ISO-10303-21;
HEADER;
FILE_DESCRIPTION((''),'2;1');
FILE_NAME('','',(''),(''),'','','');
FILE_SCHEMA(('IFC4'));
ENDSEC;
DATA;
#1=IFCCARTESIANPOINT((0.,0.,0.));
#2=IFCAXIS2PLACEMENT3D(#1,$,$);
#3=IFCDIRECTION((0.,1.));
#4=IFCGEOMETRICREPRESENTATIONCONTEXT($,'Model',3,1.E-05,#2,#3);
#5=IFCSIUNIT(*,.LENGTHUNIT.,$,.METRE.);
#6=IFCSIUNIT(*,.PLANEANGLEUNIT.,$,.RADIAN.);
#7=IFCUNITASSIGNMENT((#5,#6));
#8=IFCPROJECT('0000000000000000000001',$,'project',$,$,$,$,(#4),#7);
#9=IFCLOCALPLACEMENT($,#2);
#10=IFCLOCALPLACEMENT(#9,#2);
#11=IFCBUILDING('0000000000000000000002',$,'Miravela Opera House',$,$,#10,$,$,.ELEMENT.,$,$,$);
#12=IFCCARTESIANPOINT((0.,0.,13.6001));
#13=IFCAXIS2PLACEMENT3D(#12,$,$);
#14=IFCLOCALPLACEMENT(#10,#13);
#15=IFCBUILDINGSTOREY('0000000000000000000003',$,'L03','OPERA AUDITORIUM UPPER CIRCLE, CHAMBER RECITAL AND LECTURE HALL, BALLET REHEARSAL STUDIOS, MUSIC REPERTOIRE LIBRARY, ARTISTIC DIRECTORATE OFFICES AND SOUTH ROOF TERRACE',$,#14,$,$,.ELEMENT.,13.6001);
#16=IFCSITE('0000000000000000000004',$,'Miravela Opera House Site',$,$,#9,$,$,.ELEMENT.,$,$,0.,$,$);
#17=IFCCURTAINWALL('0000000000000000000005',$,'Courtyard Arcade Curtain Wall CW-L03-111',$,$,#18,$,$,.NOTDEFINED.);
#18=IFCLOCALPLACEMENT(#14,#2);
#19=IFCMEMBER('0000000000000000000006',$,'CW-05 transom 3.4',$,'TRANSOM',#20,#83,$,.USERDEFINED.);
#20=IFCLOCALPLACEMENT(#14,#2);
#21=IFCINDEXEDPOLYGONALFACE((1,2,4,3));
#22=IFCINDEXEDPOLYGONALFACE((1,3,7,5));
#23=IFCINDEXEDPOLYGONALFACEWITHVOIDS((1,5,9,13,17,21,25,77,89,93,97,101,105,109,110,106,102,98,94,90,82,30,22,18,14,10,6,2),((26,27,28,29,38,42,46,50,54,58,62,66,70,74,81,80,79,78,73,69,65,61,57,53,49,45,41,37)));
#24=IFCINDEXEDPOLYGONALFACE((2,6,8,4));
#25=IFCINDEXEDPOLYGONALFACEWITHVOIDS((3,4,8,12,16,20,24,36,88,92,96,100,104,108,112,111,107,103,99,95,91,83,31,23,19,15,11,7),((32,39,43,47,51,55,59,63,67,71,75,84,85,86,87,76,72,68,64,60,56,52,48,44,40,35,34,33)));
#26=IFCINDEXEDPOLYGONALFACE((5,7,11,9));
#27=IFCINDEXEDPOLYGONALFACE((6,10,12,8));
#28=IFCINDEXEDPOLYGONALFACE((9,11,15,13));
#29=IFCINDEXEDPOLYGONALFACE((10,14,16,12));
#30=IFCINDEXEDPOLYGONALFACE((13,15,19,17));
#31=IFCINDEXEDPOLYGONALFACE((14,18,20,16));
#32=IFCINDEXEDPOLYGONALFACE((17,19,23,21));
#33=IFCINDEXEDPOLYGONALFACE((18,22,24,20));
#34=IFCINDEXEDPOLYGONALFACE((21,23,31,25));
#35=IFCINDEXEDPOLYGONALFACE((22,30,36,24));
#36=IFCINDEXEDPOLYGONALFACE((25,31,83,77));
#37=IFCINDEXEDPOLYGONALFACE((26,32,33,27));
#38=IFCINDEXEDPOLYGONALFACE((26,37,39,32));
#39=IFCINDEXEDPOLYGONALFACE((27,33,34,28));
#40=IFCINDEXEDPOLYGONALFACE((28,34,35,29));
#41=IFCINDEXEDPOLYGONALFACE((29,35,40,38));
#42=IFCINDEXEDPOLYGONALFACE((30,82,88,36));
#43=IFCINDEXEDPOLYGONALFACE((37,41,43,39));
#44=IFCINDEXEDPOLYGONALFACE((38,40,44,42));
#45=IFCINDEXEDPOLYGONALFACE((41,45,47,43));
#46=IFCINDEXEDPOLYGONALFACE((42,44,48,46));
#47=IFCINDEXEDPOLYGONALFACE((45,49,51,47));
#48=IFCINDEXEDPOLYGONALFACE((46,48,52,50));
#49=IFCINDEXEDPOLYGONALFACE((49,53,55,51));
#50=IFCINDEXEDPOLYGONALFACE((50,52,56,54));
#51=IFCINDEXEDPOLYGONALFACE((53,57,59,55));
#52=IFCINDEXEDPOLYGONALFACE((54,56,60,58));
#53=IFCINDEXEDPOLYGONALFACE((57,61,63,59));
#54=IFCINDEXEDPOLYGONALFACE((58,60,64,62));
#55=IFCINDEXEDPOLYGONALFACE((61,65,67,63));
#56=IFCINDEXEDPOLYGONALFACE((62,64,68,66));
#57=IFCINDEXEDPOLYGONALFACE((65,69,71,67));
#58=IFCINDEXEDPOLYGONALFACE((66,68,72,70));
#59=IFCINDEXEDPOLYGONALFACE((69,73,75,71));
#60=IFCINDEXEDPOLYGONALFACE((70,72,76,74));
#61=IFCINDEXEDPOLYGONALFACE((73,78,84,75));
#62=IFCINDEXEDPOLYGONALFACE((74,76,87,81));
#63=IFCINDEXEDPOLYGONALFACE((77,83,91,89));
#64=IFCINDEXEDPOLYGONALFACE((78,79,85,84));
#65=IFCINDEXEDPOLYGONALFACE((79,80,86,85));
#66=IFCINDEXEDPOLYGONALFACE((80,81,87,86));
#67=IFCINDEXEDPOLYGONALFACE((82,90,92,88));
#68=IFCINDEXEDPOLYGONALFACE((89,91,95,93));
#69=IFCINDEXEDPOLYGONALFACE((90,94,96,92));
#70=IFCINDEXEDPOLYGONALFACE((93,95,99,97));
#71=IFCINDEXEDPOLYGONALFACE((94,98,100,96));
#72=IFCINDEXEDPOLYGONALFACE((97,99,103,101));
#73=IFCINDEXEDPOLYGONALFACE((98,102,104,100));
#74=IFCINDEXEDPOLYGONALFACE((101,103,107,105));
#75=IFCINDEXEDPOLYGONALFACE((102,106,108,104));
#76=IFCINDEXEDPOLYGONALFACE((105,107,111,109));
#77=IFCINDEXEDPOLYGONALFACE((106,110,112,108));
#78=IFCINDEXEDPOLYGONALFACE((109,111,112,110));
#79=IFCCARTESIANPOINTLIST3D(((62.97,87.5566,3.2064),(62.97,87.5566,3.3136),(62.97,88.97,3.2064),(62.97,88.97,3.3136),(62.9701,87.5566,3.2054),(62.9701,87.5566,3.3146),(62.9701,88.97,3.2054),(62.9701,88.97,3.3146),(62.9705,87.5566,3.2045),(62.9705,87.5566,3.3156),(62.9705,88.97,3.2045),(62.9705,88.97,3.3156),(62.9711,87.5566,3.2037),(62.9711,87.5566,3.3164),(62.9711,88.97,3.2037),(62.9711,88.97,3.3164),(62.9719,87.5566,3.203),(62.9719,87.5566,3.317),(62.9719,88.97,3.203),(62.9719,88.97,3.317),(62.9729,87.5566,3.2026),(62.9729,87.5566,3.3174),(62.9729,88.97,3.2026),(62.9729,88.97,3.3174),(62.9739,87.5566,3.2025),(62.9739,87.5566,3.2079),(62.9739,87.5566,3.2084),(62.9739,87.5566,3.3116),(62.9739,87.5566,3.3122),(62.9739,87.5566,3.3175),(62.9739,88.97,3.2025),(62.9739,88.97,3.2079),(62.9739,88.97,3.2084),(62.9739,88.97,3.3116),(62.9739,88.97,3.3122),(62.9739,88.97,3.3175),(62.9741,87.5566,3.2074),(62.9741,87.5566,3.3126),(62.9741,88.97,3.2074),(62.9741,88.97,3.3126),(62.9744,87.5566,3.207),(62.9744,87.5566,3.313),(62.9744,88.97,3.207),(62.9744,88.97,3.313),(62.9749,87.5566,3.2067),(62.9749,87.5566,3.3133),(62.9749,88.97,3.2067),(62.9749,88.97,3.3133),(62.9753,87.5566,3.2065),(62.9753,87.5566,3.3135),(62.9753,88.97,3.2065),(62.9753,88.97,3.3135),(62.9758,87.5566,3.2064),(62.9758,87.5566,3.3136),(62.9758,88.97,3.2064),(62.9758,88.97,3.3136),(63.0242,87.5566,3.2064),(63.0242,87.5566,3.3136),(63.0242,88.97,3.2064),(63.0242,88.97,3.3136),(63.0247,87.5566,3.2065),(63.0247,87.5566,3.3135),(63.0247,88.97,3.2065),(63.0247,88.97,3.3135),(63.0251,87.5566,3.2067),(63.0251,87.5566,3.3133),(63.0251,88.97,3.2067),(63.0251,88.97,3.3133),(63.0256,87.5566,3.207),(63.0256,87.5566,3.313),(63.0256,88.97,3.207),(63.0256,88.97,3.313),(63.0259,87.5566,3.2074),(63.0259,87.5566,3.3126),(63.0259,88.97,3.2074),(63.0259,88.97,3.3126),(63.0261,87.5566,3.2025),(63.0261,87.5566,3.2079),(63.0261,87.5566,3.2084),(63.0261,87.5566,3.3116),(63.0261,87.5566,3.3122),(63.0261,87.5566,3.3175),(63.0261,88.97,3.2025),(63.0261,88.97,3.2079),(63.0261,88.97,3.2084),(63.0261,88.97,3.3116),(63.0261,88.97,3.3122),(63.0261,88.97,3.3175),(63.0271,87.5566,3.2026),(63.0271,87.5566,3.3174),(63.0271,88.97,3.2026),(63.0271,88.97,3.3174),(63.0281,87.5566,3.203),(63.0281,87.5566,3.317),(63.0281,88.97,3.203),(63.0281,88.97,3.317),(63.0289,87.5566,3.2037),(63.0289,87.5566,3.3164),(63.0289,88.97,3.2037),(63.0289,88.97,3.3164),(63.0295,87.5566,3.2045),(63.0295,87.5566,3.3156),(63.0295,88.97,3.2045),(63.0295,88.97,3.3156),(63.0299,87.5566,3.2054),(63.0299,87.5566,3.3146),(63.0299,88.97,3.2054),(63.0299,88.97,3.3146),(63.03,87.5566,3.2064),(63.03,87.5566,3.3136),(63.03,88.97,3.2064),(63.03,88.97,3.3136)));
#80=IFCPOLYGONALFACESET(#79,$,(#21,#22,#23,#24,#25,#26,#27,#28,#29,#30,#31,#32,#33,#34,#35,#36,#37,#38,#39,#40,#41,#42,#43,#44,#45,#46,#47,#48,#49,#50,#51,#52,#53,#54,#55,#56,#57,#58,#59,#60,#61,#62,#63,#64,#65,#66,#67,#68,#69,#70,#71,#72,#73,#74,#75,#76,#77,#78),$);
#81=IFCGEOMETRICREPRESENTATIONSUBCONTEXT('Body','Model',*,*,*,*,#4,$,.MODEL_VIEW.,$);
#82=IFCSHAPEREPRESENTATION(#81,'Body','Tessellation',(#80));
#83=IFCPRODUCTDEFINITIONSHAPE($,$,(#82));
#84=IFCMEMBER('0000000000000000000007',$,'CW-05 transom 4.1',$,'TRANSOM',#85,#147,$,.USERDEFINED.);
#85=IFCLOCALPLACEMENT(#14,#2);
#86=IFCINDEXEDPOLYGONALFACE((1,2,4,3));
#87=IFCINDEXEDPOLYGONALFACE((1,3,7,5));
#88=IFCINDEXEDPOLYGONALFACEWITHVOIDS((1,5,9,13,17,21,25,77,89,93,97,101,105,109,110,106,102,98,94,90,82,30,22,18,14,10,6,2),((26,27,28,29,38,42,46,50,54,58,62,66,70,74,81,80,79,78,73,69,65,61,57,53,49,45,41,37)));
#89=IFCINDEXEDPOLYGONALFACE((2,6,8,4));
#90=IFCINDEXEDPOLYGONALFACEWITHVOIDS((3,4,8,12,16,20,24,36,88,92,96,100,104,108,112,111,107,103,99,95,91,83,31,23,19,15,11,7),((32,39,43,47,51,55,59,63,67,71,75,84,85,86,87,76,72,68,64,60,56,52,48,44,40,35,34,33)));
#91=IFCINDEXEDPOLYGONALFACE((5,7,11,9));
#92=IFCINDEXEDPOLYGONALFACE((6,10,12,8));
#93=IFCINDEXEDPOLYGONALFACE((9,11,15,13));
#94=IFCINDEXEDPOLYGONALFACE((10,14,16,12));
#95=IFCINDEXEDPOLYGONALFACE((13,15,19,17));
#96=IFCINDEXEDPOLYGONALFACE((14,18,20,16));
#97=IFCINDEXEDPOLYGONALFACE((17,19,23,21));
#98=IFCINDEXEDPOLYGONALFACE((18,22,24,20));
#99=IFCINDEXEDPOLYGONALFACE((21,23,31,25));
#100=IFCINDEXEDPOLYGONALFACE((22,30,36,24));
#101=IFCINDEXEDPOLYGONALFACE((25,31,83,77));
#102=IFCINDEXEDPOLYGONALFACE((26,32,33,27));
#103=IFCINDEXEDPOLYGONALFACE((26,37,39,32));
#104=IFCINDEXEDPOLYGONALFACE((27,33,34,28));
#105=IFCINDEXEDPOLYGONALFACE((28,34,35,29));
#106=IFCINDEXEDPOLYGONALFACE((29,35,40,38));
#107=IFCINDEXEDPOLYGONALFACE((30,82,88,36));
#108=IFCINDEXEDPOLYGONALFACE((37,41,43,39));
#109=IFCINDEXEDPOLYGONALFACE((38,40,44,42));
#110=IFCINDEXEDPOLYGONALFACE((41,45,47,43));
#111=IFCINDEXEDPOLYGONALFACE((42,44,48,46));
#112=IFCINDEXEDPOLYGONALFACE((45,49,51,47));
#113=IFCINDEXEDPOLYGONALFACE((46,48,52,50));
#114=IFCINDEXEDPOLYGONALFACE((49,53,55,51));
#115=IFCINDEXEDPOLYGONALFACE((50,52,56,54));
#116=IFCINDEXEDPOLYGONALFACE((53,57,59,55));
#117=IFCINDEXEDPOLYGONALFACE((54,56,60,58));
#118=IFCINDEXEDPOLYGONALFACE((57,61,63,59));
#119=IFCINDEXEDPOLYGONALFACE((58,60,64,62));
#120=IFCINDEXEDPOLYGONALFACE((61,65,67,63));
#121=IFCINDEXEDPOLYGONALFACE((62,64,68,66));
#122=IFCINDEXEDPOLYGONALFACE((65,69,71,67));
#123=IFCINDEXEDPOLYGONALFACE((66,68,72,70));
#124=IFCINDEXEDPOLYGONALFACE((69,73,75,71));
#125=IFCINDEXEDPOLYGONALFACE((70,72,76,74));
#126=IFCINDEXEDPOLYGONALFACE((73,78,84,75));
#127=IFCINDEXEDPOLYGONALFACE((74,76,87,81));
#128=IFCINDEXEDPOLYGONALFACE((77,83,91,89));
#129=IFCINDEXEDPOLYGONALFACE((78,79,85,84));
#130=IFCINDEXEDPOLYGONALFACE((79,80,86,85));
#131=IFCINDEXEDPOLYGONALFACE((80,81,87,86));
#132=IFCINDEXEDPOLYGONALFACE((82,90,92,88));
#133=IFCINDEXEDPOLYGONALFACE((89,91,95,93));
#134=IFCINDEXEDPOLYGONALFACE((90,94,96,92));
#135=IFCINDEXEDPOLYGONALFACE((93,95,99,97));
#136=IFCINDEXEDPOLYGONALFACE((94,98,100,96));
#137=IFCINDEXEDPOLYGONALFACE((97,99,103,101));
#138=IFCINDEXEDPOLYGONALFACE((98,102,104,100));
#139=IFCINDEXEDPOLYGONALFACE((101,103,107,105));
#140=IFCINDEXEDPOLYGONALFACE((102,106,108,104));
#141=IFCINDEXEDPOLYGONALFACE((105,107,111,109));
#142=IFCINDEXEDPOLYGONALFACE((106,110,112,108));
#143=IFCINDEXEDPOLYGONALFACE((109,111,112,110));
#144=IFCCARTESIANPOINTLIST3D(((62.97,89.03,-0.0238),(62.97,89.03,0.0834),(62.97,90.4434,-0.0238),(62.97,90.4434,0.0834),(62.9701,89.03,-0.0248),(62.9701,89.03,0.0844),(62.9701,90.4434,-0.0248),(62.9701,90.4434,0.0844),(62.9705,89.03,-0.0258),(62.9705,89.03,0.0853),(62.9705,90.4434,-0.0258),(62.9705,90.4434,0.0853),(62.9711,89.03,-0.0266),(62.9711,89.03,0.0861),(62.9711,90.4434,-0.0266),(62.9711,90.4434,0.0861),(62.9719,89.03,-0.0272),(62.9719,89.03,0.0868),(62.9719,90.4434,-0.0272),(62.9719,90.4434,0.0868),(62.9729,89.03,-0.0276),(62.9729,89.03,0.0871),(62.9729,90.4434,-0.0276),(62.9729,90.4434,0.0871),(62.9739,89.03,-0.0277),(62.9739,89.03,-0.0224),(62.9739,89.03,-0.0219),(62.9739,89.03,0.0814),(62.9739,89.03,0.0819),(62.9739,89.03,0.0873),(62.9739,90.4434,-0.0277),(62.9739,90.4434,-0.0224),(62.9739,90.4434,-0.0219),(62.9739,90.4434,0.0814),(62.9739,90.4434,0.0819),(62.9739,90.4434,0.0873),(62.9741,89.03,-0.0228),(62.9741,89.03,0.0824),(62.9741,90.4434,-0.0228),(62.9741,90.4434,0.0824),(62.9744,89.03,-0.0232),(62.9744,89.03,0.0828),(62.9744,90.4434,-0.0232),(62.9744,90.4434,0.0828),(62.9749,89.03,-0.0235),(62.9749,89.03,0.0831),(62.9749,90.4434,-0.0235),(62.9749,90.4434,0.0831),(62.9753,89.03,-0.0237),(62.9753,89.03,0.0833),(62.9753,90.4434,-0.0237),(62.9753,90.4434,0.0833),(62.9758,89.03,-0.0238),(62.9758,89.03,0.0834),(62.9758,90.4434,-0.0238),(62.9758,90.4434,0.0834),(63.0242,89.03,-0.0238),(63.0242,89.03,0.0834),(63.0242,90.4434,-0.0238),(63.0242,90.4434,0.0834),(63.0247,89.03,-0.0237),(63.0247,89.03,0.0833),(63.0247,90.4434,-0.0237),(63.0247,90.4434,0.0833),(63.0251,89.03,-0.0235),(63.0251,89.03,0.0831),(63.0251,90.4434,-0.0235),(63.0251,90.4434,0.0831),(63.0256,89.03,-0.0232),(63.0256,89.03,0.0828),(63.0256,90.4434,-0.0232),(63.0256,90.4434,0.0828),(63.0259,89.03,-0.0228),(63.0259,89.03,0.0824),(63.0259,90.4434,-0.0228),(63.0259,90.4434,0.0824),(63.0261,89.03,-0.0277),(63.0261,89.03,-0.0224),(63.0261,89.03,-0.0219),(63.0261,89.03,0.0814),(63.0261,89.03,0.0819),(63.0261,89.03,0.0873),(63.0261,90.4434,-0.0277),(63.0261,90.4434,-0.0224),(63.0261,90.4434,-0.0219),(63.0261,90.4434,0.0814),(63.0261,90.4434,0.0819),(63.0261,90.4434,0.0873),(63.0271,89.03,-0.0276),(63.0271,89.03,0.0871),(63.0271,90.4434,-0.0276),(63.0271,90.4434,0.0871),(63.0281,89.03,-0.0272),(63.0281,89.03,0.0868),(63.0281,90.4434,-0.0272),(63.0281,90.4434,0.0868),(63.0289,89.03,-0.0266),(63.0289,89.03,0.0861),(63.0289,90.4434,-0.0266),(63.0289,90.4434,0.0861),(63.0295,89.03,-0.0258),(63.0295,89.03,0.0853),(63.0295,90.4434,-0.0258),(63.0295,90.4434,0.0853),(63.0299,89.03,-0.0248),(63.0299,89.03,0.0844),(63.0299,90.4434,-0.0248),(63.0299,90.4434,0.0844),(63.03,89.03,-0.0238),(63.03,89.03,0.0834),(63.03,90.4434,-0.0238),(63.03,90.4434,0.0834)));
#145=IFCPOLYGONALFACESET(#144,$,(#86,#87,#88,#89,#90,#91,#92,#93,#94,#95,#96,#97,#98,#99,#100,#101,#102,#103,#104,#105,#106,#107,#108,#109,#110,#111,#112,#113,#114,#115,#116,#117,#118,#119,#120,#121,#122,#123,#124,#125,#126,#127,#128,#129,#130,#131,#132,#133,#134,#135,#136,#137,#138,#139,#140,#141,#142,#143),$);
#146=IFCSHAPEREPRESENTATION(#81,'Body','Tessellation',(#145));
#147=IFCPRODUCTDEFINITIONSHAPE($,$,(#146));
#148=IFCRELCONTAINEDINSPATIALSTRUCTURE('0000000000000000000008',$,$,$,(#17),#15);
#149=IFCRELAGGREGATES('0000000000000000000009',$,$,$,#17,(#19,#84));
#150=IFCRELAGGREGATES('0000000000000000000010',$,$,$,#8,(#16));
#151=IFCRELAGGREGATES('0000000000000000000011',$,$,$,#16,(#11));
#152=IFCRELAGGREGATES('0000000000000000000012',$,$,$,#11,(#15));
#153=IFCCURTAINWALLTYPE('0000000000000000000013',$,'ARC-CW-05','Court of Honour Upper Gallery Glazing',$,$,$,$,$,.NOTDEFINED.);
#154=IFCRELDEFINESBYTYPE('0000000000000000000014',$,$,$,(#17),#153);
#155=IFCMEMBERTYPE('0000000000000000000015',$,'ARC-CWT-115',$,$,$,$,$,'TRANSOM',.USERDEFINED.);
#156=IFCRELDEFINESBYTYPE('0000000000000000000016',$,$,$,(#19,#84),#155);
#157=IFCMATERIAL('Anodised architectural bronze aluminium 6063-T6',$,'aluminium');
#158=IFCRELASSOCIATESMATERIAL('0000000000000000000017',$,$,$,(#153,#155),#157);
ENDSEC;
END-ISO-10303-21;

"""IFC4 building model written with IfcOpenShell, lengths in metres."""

from ifc_helpers import new_model, si_unit, direction, frame, origin, origin_2d, place, context, subcontext, project, spatial, hollow_rectangle, extrude, material, material_profile, profile_set, type_object, element, aggregate, save


model = new_model("IFC4")

# Units and contexts
model_context = context("Model", 3, precision=1e-05, world=origin(), true_north=direction((0.0, 1.0)))
body_context = subcontext(model_context, "Body", "Model", "MODEL_VIEW")
ifc_project = project(units=[si_unit("LENGTHUNIT", "METRE"), si_unit("PLANEANGLEUNIT", "RADIAN")], contexts=[model_context])

# Site, building, storey
site_placement = place(None, origin())
site = spatial("IfcSite", under=ifc_project, at=site_placement, Name="Miravela Opera House Site", CompositionType="ELEMENT", RefElevation=0.0)
building_placement = place(site_placement, origin())
building = spatial("IfcBuilding", under=site, at=building_placement, Name="Miravela Opera House", CompositionType="ELEMENT")
storey_placement = place(building_placement, frame((0.0, 0.0, 13.6001)))
storey = spatial("IfcBuildingStorey", under=building, at=storey_placement, Name="L03", Description="OPERA AUDITORIUM UPPER CIRCLE, CHAMBER RECITAL AND LECTURE HALL, BALLET REHEARSAL STUDIOS, MUSIC REPERTOIRE LIBRARY, ARTISTIC DIRECTORATE OFFICES AND SOUTH ROOF TERRACE", CompositionType="ELEMENT", Elevation=13.6001)

# Curtain wall, members
ifc_material_1 = material(Name="Anodised architectural bronze aluminium 6063-T6", Category="aluminium")
curtain_wall_type = type_object("IfcCurtainWallType", Name="ARC-CW-05", Description="Court of Honour Upper Gallery Glazing", PredefinedType="NOTDEFINED", material=ifc_material_1)
curtain_wall_placement = place(storey_placement, origin())
curtain_wall = element("IfcCurtainWall", 1, at=curtain_wall_placement, inside=storey, type_object=curtain_wall_type, Name="Courtyard Arcade Curtain Wall CW-L03-111", PredefinedType="NOTDEFINED")
ifc_material_profile_1 = material_profile(ifc_material_1, hollow_rectangle(XDim=0.0601, YDim=0.115, WallThickness=0.0039, InnerFilletRadius=0.002, OuterFilletRadius=0.0039, at=origin_2d()), Name="CWT-60X115")
ifc_profile_set_1 = profile_set([ifc_material_profile_1])
member_type_1 = type_object("IfcMemberType", Name="ARC-CWT-115", ElementType="TRANSOM", PredefinedType="USERDEFINED", material=ifc_profile_set_1)
member_1_placement = place(storey_placement, frame((63.0, 87.5566, 3.26), z_axis=(0.0, 1.0, 0.0), x_axis=(-1.0, 0.0, 0.0)))
member_1 = element("IfcMember", 2, at=member_1_placement, type_object=member_type_1, Name="CW-05 transom 3.4", ObjectType="TRANSOM", PredefinedType="USERDEFINED", context=body_context, shape_type="SweptSolid", body=[
    extrude(hollow_rectangle(XDim=0.0601, YDim=0.115, WallThickness=0.0039, InnerFilletRadius=0.002, OuterFilletRadius=0.0039, at=origin_2d()), origin(), (0.0, 0.0, 1.0), 1.4133),
])
member_2_placement = place(storey_placement, frame((63.0, 89.03, 0.0298), z_axis=(0.0, 1.0, 0.0), x_axis=(-1.0, 0.0, 0.0)))
member_2 = element("IfcMember", 3, at=member_2_placement, type_object=member_type_1, Name="CW-05 transom 4.1", ObjectType="TRANSOM", PredefinedType="USERDEFINED", context=body_context, shape_type="SweptSolid", body=[
    extrude(hollow_rectangle(XDim=0.0601, YDim=0.115, WallThickness=0.0039, InnerFilletRadius=0.002, OuterFilletRadius=0.0039, at=origin_2d()), origin(), (0.0, 0.0, 1.0), 1.4133),
])
aggregate(curtain_wall, [member_1, member_2])

save(model, "model.ifc")
